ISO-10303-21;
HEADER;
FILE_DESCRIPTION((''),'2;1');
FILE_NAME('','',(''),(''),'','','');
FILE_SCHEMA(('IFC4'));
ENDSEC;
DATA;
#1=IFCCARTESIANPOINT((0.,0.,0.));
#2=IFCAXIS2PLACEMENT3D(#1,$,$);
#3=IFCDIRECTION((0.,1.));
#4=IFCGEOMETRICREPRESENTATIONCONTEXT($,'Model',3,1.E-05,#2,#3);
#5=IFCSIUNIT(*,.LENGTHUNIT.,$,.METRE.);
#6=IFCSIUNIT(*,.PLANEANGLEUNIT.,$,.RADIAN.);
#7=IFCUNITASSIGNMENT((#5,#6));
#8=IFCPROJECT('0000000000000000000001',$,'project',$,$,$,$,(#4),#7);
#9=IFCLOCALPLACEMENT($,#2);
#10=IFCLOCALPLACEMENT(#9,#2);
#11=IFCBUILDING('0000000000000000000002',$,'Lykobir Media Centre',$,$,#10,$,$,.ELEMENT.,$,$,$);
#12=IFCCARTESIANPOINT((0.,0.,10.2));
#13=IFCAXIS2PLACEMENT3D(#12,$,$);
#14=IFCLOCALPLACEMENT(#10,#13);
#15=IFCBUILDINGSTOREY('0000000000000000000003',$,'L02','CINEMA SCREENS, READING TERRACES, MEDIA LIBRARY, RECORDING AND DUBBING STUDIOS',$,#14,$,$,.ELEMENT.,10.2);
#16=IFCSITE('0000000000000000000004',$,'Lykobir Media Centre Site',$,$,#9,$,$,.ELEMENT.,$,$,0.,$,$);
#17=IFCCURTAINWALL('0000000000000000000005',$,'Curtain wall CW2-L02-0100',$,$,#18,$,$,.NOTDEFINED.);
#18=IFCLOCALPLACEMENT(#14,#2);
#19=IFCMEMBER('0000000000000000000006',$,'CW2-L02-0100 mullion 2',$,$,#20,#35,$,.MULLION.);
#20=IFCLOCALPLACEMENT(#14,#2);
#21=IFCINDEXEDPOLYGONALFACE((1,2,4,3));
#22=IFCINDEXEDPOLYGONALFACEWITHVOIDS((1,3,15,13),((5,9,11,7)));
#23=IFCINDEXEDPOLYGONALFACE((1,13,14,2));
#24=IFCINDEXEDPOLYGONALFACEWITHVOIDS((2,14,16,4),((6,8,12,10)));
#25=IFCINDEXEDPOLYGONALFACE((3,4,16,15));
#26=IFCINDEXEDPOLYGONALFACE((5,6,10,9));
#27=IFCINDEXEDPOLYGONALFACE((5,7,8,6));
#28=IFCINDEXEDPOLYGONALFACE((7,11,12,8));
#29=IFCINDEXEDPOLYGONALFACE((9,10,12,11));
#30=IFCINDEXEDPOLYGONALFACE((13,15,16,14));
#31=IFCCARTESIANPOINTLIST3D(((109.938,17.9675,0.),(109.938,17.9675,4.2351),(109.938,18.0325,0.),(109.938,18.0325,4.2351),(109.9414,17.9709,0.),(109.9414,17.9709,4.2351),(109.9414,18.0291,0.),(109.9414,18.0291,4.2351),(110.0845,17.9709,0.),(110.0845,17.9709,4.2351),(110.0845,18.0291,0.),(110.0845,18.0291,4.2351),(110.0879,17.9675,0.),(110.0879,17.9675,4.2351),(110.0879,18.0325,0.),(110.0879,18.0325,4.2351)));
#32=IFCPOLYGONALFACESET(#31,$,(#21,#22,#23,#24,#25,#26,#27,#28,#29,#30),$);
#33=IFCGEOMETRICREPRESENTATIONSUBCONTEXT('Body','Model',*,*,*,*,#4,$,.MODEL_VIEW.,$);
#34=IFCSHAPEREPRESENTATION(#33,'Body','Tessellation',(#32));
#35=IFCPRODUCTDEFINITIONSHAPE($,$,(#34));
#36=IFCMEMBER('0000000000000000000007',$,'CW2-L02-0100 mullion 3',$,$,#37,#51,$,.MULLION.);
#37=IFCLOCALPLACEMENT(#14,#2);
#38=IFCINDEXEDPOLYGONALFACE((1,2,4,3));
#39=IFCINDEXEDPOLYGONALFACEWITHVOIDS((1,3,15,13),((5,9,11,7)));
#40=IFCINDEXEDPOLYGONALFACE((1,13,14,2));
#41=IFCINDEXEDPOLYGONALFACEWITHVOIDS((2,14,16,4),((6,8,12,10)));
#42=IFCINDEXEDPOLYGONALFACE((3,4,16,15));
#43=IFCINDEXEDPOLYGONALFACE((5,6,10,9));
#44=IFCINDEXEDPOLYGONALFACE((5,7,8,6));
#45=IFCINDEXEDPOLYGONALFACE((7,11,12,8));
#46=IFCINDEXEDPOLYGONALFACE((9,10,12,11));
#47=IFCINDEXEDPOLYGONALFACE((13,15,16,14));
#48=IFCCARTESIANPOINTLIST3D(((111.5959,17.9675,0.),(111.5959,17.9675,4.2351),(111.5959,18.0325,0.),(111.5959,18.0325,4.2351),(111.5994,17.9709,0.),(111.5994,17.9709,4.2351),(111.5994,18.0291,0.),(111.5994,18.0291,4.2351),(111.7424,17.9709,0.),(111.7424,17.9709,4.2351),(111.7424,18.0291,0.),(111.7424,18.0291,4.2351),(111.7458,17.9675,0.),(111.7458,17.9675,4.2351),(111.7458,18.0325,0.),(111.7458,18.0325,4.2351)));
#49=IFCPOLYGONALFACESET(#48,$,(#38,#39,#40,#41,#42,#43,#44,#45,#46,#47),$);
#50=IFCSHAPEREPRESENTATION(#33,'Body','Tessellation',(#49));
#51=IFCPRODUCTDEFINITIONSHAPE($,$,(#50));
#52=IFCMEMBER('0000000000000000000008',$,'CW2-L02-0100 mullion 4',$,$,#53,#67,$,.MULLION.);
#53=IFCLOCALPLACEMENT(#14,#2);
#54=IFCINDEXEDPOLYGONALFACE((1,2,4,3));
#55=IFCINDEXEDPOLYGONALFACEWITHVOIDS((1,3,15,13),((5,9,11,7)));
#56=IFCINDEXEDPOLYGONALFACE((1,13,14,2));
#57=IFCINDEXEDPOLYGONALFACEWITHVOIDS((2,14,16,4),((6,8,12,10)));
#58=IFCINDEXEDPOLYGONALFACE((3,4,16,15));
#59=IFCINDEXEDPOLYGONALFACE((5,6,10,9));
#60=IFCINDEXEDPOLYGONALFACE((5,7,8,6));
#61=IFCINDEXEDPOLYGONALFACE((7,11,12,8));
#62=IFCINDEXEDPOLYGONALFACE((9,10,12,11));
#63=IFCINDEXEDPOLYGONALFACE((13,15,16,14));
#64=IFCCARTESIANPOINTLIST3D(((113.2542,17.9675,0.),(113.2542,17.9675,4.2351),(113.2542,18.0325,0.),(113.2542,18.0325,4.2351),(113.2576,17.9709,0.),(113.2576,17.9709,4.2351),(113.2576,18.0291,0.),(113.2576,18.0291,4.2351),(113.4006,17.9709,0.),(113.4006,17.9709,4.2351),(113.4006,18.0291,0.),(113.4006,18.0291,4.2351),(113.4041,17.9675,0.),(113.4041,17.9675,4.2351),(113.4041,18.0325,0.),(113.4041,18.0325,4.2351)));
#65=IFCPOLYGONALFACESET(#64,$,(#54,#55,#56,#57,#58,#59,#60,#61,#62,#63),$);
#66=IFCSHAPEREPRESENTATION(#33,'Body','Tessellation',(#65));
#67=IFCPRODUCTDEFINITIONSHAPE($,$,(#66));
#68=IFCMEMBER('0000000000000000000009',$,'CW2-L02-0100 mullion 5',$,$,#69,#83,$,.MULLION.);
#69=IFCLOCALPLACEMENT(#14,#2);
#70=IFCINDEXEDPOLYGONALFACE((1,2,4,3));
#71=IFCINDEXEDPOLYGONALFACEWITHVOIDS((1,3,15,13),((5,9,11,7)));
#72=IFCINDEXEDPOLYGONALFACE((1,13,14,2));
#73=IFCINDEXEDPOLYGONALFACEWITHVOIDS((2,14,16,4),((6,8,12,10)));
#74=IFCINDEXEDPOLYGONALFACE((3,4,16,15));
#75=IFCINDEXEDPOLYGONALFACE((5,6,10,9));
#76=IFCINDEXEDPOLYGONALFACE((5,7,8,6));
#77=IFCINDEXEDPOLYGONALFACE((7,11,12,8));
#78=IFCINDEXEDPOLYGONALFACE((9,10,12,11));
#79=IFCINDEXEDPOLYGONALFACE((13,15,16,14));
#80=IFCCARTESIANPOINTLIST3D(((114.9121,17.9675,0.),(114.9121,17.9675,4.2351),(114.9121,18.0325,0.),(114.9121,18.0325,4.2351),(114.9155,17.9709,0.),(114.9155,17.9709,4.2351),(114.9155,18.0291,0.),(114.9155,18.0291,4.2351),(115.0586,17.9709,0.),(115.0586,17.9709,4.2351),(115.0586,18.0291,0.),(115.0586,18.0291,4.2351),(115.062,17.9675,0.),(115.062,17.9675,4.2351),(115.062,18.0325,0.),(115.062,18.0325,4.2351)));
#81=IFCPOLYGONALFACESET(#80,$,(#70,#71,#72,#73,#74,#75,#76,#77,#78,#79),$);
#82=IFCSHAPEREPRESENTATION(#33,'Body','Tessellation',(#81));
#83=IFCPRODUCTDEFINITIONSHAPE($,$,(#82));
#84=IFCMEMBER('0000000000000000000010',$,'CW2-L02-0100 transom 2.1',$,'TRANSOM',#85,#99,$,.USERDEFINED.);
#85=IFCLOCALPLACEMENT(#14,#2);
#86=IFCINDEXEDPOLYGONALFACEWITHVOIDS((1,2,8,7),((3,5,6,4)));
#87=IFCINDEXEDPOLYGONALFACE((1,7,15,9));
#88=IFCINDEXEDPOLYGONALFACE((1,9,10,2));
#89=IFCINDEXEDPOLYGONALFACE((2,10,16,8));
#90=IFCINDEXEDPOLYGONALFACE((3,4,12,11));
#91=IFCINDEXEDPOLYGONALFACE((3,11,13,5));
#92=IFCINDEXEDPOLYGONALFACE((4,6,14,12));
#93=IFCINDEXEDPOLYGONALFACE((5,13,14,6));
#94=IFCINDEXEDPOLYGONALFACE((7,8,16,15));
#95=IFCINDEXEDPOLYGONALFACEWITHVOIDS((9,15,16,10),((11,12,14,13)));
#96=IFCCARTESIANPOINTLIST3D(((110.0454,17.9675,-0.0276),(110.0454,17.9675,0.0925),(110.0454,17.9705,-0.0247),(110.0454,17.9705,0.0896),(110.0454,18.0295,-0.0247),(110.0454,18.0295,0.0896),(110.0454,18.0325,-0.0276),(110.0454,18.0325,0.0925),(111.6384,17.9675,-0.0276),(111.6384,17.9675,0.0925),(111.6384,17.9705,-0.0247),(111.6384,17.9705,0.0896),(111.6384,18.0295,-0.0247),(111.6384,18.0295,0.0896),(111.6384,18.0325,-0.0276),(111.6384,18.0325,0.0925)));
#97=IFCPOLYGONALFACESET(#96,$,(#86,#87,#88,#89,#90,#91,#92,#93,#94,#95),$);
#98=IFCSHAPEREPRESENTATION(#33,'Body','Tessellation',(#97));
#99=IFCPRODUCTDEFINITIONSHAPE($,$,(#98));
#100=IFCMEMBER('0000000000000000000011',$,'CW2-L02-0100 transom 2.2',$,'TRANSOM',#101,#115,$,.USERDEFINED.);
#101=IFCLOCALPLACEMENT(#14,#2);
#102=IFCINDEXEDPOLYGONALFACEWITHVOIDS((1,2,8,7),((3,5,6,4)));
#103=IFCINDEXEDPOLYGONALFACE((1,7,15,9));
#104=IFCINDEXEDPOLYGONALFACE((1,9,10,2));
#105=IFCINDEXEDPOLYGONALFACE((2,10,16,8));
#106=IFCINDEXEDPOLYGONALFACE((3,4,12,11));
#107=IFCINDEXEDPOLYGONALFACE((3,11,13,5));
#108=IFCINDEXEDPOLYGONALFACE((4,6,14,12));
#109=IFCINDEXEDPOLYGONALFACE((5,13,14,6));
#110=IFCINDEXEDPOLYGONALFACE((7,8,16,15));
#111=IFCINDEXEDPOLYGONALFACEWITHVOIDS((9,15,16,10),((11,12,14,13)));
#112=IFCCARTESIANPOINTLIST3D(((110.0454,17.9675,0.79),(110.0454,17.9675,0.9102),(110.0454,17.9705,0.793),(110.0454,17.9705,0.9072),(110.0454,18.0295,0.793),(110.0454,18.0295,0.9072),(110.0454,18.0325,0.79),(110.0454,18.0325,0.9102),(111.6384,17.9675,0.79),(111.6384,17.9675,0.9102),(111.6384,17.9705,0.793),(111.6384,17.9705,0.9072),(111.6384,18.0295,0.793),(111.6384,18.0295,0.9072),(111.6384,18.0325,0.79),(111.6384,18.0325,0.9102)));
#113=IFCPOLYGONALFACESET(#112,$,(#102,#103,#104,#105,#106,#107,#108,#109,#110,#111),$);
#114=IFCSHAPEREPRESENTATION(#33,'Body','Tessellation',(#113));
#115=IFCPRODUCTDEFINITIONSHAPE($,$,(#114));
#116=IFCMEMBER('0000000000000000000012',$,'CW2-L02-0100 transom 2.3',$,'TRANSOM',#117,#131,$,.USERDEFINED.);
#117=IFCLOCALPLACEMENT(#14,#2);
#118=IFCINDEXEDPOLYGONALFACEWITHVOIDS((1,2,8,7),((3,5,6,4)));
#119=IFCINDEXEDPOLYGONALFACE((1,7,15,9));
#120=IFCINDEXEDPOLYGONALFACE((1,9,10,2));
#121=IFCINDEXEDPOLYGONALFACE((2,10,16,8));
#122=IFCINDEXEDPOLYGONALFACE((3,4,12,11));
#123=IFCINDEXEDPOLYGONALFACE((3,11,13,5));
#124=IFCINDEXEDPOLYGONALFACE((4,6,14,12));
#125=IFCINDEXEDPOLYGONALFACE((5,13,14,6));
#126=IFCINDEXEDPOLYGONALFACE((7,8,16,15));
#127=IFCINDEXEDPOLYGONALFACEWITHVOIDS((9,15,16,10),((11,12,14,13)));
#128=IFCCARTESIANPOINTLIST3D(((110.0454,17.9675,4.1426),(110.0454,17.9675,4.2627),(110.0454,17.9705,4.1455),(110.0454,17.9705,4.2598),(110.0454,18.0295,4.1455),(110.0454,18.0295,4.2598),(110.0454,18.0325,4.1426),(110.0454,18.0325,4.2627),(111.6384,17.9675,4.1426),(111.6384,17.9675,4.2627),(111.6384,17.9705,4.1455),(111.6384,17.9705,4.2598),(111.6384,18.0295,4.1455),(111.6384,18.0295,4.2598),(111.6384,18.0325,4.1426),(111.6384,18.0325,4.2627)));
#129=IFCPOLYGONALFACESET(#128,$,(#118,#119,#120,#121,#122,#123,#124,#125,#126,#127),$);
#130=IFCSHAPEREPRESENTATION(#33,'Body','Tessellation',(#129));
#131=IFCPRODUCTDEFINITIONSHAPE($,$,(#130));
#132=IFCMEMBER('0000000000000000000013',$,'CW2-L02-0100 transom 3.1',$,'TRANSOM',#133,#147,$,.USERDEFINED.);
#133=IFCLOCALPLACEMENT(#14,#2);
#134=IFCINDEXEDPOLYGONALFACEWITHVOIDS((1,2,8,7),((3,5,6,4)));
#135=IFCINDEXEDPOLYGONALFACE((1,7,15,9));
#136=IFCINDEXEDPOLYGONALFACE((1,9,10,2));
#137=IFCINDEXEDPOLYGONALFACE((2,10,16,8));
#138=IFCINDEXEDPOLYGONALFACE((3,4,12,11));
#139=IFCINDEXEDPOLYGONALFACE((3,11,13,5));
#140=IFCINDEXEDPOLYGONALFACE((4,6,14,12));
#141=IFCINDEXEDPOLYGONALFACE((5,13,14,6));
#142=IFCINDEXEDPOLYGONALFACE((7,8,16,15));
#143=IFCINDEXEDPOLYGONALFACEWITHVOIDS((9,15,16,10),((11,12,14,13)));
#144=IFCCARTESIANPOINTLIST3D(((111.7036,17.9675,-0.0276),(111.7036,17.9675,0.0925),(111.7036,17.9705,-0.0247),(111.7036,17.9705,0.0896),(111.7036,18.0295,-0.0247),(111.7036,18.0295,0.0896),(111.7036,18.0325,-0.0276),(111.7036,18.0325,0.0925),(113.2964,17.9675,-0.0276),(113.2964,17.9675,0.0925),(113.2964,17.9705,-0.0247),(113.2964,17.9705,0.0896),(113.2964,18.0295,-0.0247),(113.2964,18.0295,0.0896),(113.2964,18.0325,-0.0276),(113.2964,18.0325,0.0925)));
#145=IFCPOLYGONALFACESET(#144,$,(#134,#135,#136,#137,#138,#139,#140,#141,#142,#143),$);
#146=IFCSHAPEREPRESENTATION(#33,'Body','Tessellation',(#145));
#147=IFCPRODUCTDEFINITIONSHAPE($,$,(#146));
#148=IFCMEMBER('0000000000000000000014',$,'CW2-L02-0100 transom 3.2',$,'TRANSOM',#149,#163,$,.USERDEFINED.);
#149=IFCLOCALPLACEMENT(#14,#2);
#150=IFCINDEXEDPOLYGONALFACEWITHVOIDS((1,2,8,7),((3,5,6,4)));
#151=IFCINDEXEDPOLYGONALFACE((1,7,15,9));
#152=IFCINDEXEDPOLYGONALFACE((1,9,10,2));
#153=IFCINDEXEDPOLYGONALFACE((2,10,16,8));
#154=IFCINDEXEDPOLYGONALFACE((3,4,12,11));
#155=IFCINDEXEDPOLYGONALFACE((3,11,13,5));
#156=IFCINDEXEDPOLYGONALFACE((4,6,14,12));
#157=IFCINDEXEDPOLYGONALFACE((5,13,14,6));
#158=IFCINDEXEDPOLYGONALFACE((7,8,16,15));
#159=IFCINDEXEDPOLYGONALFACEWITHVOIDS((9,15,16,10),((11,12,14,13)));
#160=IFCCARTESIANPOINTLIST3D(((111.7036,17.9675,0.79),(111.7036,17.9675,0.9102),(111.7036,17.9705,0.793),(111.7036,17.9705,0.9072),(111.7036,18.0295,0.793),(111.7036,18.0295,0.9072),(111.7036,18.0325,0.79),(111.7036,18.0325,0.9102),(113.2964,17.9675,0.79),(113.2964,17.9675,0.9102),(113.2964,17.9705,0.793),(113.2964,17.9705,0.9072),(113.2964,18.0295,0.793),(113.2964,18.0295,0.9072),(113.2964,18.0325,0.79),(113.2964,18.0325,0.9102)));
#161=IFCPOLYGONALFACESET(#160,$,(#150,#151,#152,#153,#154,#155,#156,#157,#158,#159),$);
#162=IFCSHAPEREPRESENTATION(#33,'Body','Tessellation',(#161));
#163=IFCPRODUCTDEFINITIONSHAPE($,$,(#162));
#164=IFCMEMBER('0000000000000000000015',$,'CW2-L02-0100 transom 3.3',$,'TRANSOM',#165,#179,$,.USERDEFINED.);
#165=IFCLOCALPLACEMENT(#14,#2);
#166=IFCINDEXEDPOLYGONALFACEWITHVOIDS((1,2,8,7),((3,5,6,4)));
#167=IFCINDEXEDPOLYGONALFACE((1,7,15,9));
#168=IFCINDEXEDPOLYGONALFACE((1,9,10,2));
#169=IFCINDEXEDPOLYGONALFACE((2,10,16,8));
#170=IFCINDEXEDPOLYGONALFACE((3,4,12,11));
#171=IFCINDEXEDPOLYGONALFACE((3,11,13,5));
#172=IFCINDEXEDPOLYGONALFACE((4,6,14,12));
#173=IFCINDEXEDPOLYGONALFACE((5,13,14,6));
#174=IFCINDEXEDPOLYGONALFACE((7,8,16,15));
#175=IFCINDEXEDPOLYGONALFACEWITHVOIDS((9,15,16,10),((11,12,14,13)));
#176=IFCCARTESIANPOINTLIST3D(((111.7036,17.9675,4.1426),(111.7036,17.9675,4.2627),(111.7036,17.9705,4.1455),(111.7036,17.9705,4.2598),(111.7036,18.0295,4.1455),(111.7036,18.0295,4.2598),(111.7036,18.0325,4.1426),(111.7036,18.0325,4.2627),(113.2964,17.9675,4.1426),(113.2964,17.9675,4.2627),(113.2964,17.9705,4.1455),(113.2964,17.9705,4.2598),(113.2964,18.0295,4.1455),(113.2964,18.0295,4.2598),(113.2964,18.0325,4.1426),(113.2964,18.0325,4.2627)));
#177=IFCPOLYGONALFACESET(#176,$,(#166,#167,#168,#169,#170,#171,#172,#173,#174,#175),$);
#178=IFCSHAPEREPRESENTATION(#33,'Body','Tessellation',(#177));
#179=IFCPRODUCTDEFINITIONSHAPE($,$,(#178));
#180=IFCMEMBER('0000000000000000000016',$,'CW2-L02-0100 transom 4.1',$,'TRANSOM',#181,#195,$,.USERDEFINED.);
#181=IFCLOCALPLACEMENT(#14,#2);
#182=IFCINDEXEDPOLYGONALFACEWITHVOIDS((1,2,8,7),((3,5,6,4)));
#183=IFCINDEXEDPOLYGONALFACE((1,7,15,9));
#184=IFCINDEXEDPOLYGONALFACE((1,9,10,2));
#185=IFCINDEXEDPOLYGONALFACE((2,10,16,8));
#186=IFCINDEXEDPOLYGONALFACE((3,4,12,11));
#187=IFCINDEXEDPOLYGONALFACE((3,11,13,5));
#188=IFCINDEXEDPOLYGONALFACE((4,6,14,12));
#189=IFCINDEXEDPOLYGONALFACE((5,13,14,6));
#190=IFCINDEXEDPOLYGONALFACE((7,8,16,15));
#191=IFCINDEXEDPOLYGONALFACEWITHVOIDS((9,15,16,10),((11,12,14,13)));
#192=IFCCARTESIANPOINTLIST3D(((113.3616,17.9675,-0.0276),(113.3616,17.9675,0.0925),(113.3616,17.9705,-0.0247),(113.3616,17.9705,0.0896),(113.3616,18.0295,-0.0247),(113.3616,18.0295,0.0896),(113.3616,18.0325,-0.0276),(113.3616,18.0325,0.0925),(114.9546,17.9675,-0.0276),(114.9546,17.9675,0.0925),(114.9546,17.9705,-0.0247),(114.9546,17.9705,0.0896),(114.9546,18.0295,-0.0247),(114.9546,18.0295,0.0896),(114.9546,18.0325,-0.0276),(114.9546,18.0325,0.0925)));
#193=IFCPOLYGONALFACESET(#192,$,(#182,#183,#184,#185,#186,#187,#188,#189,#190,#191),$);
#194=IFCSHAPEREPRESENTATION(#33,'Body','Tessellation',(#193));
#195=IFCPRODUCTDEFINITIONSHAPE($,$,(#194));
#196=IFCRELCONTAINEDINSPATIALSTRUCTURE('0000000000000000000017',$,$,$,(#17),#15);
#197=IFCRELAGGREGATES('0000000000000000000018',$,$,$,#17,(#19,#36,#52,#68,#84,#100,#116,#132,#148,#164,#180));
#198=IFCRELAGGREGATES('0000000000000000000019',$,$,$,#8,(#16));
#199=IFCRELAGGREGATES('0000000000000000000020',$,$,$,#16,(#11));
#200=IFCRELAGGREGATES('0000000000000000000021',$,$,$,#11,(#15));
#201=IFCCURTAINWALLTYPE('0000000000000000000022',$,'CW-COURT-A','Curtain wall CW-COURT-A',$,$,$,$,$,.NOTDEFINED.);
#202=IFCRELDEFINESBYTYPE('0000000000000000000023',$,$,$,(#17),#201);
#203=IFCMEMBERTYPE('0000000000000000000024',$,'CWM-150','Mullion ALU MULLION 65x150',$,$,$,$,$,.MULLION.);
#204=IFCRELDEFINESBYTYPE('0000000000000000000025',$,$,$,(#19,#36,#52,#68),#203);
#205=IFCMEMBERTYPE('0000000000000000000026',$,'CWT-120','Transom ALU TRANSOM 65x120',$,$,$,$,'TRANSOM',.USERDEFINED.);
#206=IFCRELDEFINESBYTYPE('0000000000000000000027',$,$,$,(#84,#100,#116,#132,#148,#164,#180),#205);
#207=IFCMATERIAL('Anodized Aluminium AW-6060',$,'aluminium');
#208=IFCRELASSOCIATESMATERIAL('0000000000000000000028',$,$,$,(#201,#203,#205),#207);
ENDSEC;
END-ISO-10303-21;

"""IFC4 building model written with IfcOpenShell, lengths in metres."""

from ifc_helpers import new_model, si_unit, direction, frame, origin, origin_2d, place, context, subcontext, project, spatial, hollow_rectangle, extrude, material, material_profile, profile_set, type_object, element, aggregate, save


model = new_model("IFC4")

# Units and contexts
model_context = context("Model", 3, precision=1e-05, world=origin(), true_north=direction((0.0, 1.0)))
body_context = subcontext(model_context, "Body", "Model", "MODEL_VIEW")
ifc_project = project(units=[si_unit("LENGTHUNIT", "METRE"), si_unit("PLANEANGLEUNIT", "RADIAN")], contexts=[model_context])

# Site, building, storey
site_placement = place(None, origin())
site = spatial("IfcSite", under=ifc_project, at=site_placement, Name="Lykobir Media Centre Site", CompositionType="ELEMENT", RefElevation=0.0)
building_placement = place(site_placement, origin())
building = spatial("IfcBuilding", under=site, at=building_placement, Name="Lykobir Media Centre", CompositionType="ELEMENT")
storey_placement = place(building_placement, frame((0.0, 0.0, 10.2)))
storey = spatial("IfcBuildingStorey", under=building, at=storey_placement, Name="L02", Description="CINEMA SCREENS, READING TERRACES, MEDIA LIBRARY, RECORDING AND DUBBING STUDIOS", CompositionType="ELEMENT", Elevation=10.2)

# Curtain wall, members
ifc_material_1 = material(Name="Anodized Aluminium AW-6060", Category="aluminium")
curtain_wall_type = type_object("IfcCurtainWallType", Name="CW-COURT-A", Description="Curtain wall CW-COURT-A", PredefinedType="NOTDEFINED", material=ifc_material_1)
curtain_wall_placement = place(storey_placement, origin())
curtain_wall = element("IfcCurtainWall", 1, at=curtain_wall_placement, inside=storey, type_object=curtain_wall_type, Name="Curtain wall CW2-L02-0100", PredefinedType="NOTDEFINED")
ifc_material_profile_1 = material_profile(ifc_material_1, hollow_rectangle(XDim=0.0649, YDim=0.1499, WallThickness=0.0034, at=origin_2d()), Name="ALU MULLION 65x150")
ifc_profile_set_1 = profile_set([ifc_material_profile_1], Name="Anodized Aluminium AW-6060")
member_type_1 = type_object("IfcMemberType", Name="CWM-150", Description="Mullion ALU MULLION 65x150", PredefinedType="MULLION", material=ifc_profile_set_1)
member_1_placement = place(storey_placement, frame((110.0129, 18.0, 0.0), z_axis=(0.0, 0.0, 1.0), x_axis=(0.0, 1.0, 0.0)))
member_1 = element("IfcMember", 2, at=member_1_placement, type_object=member_type_1, Name="CW2-L02-0100 mullion 2", PredefinedType="MULLION", context=body_context, shape_type="SweptSolid", body=[
    extrude(hollow_rectangle(XDim=0.0649, YDim=0.1499, WallThickness=0.0034, at=origin_2d()), origin(), (0.0, 0.0, 1.0), 4.2351),
])
member_2_placement = place(storey_placement, frame((111.6709, 18.0, 0.0), z_axis=(0.0, 0.0, 1.0), x_axis=(0.0, 1.0, 0.0)))
member_2 = element("IfcMember", 3, at=member_2_placement, type_object=member_type_1, Name="CW2-L02-0100 mullion 3", PredefinedType="MULLION", context=body_context, shape_type="SweptSolid", body=[
    extrude(hollow_rectangle(XDim=0.0649, YDim=0.1499, WallThickness=0.0034, at=origin_2d()), origin(), (0.0, 0.0, 1.0), 4.2351),
])
member_3_placement = place(storey_placement, frame((113.3291, 18.0, 0.0), z_axis=(0.0, 0.0, 1.0), x_axis=(0.0, 1.0, 0.0)))
member_3 = element("IfcMember", 4, at=member_3_placement, type_object=member_type_1, Name="CW2-L02-0100 mullion 4", PredefinedType="MULLION", context=body_context, shape_type="SweptSolid", body=[
    extrude(hollow_rectangle(XDim=0.0649, YDim=0.1499, WallThickness=0.0034, at=origin_2d()), origin(), (0.0, 0.0, 1.0), 4.2351),
])
member_4_placement = place(storey_placement, frame((114.9871, 18.0, 0.0), z_axis=(0.0, 0.0, 1.0), x_axis=(0.0, 1.0, 0.0)))
member_4 = element("IfcMember", 5, at=member_4_placement, type_object=member_type_1, Name="CW2-L02-0100 mullion 5", PredefinedType="MULLION", context=body_context, shape_type="SweptSolid", body=[
    extrude(hollow_rectangle(XDim=0.0649, YDim=0.1499, WallThickness=0.0034, at=origin_2d()), origin(), (0.0, 0.0, 1.0), 4.2351),
])
ifc_material_profile_2 = material_profile(ifc_material_1, hollow_rectangle(XDim=0.0649, YDim=0.1201, WallThickness=0.0029, at=origin_2d()), Name="ALU TRANSOM 65x120")
ifc_profile_set_2 = profile_set([ifc_material_profile_2], Name="Anodized Aluminium AW-6060")
member_type_2 = type_object("IfcMemberType", Name="CWT-120", Description="Transom ALU TRANSOM 65x120", ElementType="TRANSOM", PredefinedType="USERDEFINED", material=ifc_profile_set_2)
member_5_placement = place(storey_placement, frame((110.0454, 18.0, 0.0325), z_axis=(1.0, 0.0, 0.0), x_axis=(0.0, 1.0, 0.0)))
member_5 = element("IfcMember", 6, at=member_5_placement, type_object=member_type_2, Name="CW2-L02-0100 transom 2.1", ObjectType="TRANSOM", PredefinedType="USERDEFINED", context=body_context, shape_type="SweptSolid", body=[
    extrude(hollow_rectangle(XDim=0.0649, YDim=0.1201, WallThickness=0.0029, at=origin_2d()), origin(), (0.0, 0.0, 1.0), 1.593),
])
member_6_placement = place(storey_placement, frame((110.0454, 18.0, 0.8501), z_axis=(1.0, 0.0, 0.0), x_axis=(0.0, 1.0, 0.0)))
member_6 = element("IfcMember", 7, at=member_6_placement, type_object=member_type_2, Name="CW2-L02-0100 transom 2.2", ObjectType="TRANSOM", PredefinedType="USERDEFINED", context=body_context, shape_type="SweptSolid", body=[
    extrude(hollow_rectangle(XDim=0.0649, YDim=0.1201, WallThickness=0.0029, at=origin_2d()), origin(), (0.0, 0.0, 1.0), 1.593),
])
member_7_placement = place(storey_placement, frame((110.0454, 18.0, 4.2026), z_axis=(1.0, 0.0, 0.0), x_axis=(0.0, 1.0, 0.0)))
member_7 = element("IfcMember", 8, at=member_7_placement, type_object=member_type_2, Name="CW2-L02-0100 transom 2.3", ObjectType="TRANSOM", PredefinedType="USERDEFINED", context=body_context, shape_type="SweptSolid", body=[
    extrude(hollow_rectangle(XDim=0.0649, YDim=0.1201, WallThickness=0.0029, at=origin_2d()), origin(), (0.0, 0.0, 1.0), 1.593),
])
member_8_placement = place(storey_placement, frame((111.7036, 18.0, 0.0325), z_axis=(1.0, 0.0, 0.0), x_axis=(0.0, 1.0, 0.0)))
member_8 = element("IfcMember", 9, at=member_8_placement, type_object=member_type_2, Name="CW2-L02-0100 transom 3.1", ObjectType="TRANSOM", PredefinedType="USERDEFINED", context=body_context, shape_type="SweptSolid", body=[
    extrude(hollow_rectangle(XDim=0.0649, YDim=0.1201, WallThickness=0.0029, at=origin_2d()), origin(), (0.0, 0.0, 1.0), 1.5928),
])
member_9_placement = place(storey_placement, frame((111.7036, 18.0, 0.8501), z_axis=(1.0, 0.0, 0.0), x_axis=(0.0, 1.0, 0.0)))
member_9 = element("IfcMember", 10, at=member_9_placement, type_object=member_type_2, Name="CW2-L02-0100 transom 3.2", ObjectType="TRANSOM", PredefinedType="USERDEFINED", context=body_context, shape_type="SweptSolid", body=[
    extrude(hollow_rectangle(XDim=0.0649, YDim=0.1201, WallThickness=0.0029, at=origin_2d()), origin(), (0.0, 0.0, 1.0), 1.5928),
])
member_10_placement = place(storey_placement, frame((111.7036, 18.0, 4.2026), z_axis=(1.0, 0.0, 0.0), x_axis=(0.0, 1.0, 0.0)))
member_10 = element("IfcMember", 11, at=member_10_placement, type_object=member_type_2, Name="CW2-L02-0100 transom 3.3", ObjectType="TRANSOM", PredefinedType="USERDEFINED", context=body_context, shape_type="SweptSolid", body=[
    extrude(hollow_rectangle(XDim=0.0649, YDim=0.1201, WallThickness=0.0029, at=origin_2d()), origin(), (0.0, 0.0, 1.0), 1.5928),
])
member_11_placement = place(storey_placement, frame((113.3616, 18.0, 0.0325), z_axis=(1.0, 0.0, 0.0), x_axis=(0.0, 1.0, 0.0)))
member_11 = element("IfcMember", 12, at=member_11_placement, type_object=member_type_2, Name="CW2-L02-0100 transom 4.1", ObjectType="TRANSOM", PredefinedType="USERDEFINED", context=body_context, shape_type="SweptSolid", body=[
    extrude(hollow_rectangle(XDim=0.0649, YDim=0.1201, WallThickness=0.0029, at=origin_2d()), origin(), (0.0, 0.0, 1.0), 1.593),
])
aggregate(curtain_wall, [member_1, member_2, member_3, member_4, member_5, member_6, member_7, member_8, member_9, member_10, member_11])

save(model, "model.ifc")
